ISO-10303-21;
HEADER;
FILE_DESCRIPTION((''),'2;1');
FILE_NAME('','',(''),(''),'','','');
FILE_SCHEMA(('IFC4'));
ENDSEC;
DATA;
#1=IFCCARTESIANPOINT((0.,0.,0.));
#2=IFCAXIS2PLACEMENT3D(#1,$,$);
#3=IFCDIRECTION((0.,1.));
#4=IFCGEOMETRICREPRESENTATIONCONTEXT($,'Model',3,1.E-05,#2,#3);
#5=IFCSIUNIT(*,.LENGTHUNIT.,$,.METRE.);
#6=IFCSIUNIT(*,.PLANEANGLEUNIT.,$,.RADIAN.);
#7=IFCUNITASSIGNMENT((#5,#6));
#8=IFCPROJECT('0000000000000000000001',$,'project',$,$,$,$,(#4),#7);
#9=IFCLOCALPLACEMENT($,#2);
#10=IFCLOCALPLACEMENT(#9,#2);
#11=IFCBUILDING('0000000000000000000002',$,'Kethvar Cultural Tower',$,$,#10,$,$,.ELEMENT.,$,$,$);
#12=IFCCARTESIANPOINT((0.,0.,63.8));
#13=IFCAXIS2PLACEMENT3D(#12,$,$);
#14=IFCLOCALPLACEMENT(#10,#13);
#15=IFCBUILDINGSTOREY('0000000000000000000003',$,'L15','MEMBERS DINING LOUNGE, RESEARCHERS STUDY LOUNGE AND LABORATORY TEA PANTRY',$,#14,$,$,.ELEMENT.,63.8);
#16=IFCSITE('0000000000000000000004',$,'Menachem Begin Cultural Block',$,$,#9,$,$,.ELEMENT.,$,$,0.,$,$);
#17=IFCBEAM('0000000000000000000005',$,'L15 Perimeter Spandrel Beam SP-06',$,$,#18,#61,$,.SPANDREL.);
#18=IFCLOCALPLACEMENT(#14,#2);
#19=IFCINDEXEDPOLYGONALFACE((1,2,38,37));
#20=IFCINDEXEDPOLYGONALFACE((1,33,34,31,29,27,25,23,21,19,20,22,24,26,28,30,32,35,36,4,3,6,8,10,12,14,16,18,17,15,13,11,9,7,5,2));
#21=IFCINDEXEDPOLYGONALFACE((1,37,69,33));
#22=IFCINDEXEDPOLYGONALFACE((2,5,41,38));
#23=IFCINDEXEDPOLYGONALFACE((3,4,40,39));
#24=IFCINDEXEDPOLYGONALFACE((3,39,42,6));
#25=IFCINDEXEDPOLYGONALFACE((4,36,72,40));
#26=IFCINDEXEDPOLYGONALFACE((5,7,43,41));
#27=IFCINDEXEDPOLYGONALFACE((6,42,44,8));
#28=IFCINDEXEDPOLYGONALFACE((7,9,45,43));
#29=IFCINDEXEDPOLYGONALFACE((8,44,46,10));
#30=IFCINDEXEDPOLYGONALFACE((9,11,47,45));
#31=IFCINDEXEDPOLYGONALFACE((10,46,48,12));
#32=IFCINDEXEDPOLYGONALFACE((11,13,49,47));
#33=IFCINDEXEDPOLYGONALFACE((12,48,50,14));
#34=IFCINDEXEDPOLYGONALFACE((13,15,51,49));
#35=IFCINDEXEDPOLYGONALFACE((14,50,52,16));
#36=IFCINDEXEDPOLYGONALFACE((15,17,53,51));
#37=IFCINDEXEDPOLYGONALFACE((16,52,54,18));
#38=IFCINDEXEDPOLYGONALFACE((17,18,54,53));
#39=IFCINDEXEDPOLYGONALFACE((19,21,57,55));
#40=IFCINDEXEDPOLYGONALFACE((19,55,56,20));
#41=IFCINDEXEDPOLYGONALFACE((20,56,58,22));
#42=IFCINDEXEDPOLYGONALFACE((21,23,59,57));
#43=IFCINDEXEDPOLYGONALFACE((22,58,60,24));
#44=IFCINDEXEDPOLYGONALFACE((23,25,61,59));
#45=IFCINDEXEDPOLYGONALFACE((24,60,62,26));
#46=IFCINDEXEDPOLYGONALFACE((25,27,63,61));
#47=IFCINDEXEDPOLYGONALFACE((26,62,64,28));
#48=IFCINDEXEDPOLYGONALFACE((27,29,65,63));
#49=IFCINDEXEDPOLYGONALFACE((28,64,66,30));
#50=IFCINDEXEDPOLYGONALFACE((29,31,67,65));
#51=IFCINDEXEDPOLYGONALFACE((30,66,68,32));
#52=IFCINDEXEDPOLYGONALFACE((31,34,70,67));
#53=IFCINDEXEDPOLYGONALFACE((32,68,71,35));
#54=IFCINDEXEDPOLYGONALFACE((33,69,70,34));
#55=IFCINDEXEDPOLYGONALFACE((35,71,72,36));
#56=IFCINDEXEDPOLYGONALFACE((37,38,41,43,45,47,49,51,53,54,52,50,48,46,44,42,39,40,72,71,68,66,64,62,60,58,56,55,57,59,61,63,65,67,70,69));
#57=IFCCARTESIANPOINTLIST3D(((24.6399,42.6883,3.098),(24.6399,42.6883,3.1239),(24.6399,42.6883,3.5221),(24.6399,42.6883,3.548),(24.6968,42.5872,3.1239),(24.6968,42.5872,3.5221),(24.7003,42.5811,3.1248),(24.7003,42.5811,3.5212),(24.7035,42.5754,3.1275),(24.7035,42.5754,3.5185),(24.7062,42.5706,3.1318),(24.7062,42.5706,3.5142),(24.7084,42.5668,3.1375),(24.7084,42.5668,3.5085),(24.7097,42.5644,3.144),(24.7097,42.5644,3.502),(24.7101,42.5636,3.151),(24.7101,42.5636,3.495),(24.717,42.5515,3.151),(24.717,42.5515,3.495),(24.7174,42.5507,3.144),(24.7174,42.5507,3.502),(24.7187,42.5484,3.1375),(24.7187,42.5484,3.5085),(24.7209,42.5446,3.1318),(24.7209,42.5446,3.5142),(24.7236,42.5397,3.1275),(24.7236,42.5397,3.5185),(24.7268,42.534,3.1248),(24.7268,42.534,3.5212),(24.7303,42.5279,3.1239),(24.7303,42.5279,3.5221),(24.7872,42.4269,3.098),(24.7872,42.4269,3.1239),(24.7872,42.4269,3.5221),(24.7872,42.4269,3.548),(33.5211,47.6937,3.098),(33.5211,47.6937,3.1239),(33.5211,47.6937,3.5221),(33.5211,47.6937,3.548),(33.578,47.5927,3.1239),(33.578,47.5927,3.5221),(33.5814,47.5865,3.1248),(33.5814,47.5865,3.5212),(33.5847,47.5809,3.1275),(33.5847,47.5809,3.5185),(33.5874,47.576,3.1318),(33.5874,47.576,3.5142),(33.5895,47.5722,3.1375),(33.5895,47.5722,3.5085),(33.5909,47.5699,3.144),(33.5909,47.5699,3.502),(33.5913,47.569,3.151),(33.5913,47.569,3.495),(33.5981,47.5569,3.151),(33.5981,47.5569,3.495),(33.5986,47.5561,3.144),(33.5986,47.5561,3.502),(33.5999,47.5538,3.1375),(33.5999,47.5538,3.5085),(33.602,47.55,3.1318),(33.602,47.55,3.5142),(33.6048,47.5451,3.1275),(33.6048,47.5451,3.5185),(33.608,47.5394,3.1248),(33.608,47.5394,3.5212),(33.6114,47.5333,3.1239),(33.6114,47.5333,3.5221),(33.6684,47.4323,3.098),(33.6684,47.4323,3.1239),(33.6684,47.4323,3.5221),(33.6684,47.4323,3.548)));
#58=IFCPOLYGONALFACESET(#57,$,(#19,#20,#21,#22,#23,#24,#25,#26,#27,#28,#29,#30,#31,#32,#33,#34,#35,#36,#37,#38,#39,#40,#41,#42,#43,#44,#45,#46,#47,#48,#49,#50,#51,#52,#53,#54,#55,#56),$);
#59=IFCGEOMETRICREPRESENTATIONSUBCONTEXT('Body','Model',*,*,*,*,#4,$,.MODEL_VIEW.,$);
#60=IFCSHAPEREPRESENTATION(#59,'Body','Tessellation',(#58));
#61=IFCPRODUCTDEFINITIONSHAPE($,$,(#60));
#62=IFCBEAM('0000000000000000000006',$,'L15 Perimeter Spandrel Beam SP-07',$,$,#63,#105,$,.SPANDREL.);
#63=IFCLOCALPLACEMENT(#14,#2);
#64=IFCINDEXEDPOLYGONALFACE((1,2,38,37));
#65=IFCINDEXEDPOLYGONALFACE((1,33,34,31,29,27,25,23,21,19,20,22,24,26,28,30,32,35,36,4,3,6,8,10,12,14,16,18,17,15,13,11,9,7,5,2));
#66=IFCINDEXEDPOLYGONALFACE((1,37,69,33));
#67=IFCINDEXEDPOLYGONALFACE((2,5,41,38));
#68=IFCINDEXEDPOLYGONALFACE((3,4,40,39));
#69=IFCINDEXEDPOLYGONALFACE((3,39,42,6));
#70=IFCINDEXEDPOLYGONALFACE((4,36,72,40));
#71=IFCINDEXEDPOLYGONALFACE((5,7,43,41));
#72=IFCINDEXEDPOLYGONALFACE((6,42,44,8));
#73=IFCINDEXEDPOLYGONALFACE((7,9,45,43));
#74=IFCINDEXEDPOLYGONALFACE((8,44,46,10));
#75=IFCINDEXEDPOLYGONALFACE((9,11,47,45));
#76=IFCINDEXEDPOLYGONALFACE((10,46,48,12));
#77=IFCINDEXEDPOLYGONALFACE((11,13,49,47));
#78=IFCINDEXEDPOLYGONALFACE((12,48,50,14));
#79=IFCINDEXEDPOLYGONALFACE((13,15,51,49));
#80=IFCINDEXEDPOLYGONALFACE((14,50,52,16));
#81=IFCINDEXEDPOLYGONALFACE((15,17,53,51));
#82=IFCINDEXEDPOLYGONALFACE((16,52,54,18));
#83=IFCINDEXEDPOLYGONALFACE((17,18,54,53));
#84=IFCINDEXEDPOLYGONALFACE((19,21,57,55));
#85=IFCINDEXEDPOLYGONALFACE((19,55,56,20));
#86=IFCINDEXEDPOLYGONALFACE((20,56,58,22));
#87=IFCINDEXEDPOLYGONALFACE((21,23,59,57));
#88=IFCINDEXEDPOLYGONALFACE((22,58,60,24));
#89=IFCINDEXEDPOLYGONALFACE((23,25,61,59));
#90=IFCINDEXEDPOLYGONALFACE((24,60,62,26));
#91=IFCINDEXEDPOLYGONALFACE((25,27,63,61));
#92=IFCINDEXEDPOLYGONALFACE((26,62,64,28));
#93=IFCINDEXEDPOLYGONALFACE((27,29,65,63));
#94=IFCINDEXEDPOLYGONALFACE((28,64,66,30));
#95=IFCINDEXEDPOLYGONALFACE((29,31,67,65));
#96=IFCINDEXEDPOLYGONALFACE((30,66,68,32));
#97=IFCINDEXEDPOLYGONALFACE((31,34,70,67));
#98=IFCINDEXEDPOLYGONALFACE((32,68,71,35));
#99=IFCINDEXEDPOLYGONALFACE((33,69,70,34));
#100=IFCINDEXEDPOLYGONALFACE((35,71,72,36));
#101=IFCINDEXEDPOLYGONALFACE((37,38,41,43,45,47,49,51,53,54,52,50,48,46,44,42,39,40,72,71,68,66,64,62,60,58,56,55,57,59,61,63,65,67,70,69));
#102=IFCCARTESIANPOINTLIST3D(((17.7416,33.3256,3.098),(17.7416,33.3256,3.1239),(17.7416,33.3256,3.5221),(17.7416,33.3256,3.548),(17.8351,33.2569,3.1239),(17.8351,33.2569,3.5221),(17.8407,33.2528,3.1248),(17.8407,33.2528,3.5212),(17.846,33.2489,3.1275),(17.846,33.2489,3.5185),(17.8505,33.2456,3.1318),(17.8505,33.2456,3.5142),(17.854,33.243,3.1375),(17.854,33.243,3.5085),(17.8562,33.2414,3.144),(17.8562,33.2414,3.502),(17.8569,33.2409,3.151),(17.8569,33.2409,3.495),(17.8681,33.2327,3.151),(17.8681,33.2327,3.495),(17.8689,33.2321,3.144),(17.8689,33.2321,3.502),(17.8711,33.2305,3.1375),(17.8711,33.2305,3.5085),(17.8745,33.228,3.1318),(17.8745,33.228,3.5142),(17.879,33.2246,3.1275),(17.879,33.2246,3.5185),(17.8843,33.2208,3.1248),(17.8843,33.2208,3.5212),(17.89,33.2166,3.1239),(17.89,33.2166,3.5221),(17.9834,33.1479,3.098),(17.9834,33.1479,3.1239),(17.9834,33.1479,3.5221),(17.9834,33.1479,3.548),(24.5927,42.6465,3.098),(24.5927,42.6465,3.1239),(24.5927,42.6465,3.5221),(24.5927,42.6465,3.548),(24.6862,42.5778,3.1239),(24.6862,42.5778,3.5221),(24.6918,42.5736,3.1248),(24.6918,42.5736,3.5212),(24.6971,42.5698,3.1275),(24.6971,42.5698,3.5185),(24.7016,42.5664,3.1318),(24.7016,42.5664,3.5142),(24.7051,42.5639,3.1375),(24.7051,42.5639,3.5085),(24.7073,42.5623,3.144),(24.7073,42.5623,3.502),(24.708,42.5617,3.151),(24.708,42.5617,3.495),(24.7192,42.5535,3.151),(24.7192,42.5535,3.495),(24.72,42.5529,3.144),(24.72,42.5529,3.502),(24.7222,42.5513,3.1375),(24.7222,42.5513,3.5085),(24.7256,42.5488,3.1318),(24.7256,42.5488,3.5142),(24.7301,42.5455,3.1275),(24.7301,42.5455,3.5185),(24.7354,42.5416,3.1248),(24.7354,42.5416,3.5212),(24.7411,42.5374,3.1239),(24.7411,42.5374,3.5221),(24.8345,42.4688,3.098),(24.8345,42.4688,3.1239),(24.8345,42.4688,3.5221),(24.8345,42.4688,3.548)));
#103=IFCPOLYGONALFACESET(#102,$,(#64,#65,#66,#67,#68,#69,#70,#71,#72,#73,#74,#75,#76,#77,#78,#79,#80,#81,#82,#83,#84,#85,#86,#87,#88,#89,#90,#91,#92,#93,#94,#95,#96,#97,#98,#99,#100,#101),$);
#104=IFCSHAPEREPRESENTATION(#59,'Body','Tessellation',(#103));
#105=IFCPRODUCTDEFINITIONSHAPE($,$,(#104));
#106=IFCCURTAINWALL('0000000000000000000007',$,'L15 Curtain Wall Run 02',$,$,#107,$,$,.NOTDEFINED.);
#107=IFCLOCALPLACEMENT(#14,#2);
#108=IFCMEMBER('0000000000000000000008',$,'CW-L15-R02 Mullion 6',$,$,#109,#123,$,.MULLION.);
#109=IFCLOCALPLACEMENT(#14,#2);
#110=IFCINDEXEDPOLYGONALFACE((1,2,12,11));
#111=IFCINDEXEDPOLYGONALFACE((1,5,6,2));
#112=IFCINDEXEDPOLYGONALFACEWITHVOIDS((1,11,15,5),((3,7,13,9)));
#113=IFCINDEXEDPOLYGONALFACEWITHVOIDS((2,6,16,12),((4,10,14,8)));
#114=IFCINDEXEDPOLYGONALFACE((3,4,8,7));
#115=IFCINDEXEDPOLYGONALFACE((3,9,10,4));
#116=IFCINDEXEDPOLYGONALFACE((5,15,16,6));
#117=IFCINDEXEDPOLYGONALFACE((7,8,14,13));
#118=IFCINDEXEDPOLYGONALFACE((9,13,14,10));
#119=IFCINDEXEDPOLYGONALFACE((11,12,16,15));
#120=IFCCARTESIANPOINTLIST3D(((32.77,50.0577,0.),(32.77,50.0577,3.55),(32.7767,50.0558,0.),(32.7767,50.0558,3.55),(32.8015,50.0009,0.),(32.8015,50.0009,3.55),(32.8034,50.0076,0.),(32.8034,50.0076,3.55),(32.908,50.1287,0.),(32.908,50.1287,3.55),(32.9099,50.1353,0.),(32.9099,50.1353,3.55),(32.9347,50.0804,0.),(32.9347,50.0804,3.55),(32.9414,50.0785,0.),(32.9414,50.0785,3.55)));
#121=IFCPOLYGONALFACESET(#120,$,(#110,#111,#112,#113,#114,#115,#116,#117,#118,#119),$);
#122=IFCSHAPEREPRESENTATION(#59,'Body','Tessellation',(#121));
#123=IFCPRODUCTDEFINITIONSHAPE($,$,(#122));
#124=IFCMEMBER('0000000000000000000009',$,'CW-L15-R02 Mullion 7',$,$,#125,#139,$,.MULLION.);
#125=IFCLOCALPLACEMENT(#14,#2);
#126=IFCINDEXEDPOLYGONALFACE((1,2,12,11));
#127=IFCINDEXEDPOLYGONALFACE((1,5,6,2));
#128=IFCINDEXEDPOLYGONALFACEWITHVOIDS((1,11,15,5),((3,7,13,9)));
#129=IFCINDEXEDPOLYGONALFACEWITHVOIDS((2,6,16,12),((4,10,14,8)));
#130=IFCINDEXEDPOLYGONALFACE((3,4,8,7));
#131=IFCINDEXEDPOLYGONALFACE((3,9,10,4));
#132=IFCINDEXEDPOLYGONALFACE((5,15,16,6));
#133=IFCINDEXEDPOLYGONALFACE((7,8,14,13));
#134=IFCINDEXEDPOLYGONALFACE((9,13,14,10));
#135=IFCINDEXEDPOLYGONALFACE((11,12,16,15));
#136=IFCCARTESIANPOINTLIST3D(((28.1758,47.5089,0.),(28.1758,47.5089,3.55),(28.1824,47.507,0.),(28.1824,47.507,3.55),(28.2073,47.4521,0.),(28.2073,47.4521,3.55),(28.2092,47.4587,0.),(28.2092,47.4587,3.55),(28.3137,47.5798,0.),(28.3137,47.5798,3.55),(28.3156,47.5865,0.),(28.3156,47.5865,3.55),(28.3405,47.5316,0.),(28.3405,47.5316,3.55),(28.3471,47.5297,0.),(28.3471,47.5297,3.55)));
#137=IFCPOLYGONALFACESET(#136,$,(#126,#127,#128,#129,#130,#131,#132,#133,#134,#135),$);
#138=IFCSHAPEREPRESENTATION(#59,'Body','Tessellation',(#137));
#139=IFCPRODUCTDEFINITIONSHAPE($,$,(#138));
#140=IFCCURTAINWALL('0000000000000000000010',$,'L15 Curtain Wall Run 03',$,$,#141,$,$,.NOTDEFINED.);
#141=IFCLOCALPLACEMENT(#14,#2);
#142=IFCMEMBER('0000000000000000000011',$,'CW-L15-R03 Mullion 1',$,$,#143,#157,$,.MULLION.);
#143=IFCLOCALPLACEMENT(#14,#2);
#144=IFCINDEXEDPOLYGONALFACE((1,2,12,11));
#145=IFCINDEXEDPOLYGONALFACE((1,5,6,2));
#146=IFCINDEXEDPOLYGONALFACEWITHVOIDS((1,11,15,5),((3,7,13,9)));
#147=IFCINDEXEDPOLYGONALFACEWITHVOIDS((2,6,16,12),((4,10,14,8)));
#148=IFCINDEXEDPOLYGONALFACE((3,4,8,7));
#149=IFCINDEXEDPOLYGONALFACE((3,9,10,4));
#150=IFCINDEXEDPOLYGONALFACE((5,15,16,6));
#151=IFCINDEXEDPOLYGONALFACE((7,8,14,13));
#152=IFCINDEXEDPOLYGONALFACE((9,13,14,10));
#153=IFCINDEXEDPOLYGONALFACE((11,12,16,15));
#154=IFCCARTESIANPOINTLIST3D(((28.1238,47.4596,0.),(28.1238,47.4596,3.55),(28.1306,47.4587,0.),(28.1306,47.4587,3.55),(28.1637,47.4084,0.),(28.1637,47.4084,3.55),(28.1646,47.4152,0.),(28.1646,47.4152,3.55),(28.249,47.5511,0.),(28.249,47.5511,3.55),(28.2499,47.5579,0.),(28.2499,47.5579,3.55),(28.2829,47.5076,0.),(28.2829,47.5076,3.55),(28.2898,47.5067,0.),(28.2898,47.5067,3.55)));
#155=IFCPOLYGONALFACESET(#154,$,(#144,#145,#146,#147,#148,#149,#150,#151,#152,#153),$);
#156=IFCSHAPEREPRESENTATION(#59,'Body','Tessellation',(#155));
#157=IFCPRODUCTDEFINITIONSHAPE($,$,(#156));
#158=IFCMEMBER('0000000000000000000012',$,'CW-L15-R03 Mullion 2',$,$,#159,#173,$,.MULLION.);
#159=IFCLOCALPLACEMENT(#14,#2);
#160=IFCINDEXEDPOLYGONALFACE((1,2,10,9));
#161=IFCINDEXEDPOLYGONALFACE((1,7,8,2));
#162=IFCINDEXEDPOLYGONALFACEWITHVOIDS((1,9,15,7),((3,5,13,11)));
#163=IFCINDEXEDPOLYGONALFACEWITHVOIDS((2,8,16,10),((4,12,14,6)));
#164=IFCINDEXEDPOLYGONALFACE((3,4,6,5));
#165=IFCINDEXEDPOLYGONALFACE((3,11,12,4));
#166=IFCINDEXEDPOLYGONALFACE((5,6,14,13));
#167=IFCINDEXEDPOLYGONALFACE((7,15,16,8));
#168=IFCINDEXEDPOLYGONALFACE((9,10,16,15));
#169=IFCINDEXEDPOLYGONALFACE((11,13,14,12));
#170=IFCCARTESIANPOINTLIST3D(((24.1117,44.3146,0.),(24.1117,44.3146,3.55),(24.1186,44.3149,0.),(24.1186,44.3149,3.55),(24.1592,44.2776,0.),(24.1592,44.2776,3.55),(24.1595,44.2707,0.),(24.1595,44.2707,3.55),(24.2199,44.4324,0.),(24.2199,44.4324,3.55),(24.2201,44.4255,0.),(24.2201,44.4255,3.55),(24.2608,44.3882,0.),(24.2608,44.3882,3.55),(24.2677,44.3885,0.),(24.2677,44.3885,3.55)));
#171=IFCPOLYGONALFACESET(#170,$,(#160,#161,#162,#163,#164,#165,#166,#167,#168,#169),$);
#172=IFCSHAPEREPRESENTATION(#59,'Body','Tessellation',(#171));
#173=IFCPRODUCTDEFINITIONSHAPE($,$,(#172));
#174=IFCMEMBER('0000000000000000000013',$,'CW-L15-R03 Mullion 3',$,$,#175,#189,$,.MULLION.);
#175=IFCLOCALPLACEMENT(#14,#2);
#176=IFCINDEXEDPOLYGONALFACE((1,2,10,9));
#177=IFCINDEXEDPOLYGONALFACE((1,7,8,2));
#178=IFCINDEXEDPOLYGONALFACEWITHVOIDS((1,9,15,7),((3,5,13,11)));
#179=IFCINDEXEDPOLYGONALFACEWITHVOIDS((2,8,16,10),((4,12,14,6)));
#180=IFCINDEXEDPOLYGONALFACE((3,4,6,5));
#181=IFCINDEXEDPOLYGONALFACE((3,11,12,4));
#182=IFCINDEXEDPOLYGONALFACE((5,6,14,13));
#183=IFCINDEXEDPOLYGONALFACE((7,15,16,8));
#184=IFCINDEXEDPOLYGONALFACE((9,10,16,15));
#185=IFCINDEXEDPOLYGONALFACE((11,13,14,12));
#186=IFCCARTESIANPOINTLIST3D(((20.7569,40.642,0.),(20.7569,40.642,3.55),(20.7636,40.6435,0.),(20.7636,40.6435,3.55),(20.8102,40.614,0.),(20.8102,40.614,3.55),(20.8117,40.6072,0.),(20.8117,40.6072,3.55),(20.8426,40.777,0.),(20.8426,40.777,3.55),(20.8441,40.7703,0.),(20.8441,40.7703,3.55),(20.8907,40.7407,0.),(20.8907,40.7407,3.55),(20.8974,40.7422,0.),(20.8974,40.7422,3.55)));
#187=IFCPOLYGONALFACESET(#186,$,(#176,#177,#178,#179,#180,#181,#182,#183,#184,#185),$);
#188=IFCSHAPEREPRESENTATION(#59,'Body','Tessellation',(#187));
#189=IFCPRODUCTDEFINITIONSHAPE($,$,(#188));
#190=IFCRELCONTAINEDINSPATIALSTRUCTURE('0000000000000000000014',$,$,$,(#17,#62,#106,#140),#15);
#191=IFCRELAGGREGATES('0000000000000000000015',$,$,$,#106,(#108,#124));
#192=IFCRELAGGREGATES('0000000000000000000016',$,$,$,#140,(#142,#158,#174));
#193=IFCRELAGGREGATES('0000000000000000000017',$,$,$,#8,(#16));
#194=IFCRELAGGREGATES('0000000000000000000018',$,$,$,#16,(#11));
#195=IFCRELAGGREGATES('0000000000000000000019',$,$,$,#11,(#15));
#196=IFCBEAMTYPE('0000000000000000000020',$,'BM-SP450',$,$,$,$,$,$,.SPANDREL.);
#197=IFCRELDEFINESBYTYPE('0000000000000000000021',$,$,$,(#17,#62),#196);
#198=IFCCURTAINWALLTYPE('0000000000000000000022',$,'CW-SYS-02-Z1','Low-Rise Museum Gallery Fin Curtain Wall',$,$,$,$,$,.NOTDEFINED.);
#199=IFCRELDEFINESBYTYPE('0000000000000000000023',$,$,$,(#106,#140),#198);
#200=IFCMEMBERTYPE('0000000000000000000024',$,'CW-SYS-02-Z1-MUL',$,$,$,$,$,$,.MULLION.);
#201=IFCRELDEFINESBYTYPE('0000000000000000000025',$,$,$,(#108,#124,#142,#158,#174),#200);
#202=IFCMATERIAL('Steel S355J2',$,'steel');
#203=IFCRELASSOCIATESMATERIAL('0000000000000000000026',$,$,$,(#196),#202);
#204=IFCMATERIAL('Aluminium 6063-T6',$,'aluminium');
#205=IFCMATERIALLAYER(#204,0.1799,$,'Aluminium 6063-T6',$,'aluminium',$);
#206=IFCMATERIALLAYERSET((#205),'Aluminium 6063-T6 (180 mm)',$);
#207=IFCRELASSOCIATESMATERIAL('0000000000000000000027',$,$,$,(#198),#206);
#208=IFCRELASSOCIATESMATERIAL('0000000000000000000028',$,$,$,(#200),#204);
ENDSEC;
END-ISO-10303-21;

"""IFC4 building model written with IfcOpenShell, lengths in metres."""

from ifc_helpers import new_model, si_unit, direction, frame, origin, origin_2d, place, context, subcontext, project, spatial, hollow_rectangle, i_section, extrude, source, transform, mapped, material, layer, layer_set, material_profile, profile_set, type_object, element, aggregate, save


model = new_model("IFC4")

# Units and contexts
model_context = context("Model", 3, precision=1e-05, world=origin(), true_north=direction((0.0, 1.0)))
body_context = subcontext(model_context, "Body", "Model", "MODEL_VIEW")
ifc_project = project(units=[si_unit("LENGTHUNIT", "METRE"), si_unit("PLANEANGLEUNIT", "RADIAN")], contexts=[model_context])

# Site, building, storey
site_placement = place(None, origin())
site = spatial("IfcSite", under=ifc_project, at=site_placement, Name="Menachem Begin Cultural Block", CompositionType="ELEMENT", RefElevation=0.0)
building_placement = place(site_placement, origin())
building = spatial("IfcBuilding", under=site, at=building_placement, Name="Kethvar Cultural Tower", CompositionType="ELEMENT")
storey_placement = place(building_placement, frame((0.0, 0.0, 63.8)))
storey = spatial("IfcBuildingStorey", under=building, at=storey_placement, Name="L15", Description="MEMBERS DINING LOUNGE, RESEARCHERS STUDY LOUNGE AND LABORATORY TEA PANTRY", CompositionType="ELEMENT", Elevation=63.8)

# Beams
ifc_material_1 = material(Name="Steel S355J2", Category="steel")
ifc_material_profile_1 = material_profile(ifc_material_1, i_section(OverallWidth=0.3, OverallDepth=0.45, WebThickness=0.0139, FlangeThickness=0.0259, FilletRadius=0.0271, at=origin_2d()), Name="Steel S355J2 — HEB450")
ifc_profile_set_1 = profile_set([ifc_material_profile_1], Name="Steel S355J2 — HEB450")
beam_type_1 = type_object("IfcBeamType", Name="BM-SP450", PredefinedType="SPANDREL", material=ifc_profile_set_1)
shared_shape_1 = source(origin(), body_context, "Body", "SweptSolid", [
    extrude(i_section(OverallWidth=0.3, OverallDepth=0.45, WebThickness=0.0139, FlangeThickness=0.0259, FilletRadius=0.0271, at=origin_2d()), origin(), (0.0, 0.0, 1.0), 10.1946),
])
beam_1_placement = place(storey_placement, frame((33.5947, 47.563, 3.323), z_axis=(-0.871167, -0.490988, 0.0), x_axis=(0.490988, -0.871167, 0.0)))
element("IfcBeam", 1, at=beam_1_placement, inside=storey, type_object=beam_type_1, Name="L15 Perimeter Spandrel Beam SP-06", PredefinedType="SPANDREL", context=body_context, shape_type="MappedRepresentation", body=[
    mapped(shared_shape_1, transform((0.0, 0.0, 0.0), scale=1.0)),
])
shared_shape_2 = source(origin(), body_context, "Body", "SweptSolid", [
    extrude(i_section(OverallWidth=0.3, OverallDepth=0.45, WebThickness=0.0139, FlangeThickness=0.0259, FilletRadius=0.0271, at=origin_2d()), origin(), (0.0, 0.0, 1.0), 11.5679),
])
beam_2_placement = place(storey_placement, frame((24.7136, 42.5576, 3.323), z_axis=(-0.592253, -0.805752, 0.0), x_axis=(0.805752, -0.592253, 0.0)))
element("IfcBeam", 2, at=beam_2_placement, inside=storey, type_object=beam_type_1, Name="L15 Perimeter Spandrel Beam SP-07", PredefinedType="SPANDREL", context=body_context, shape_type="MappedRepresentation", body=[
    mapped(shared_shape_2, transform((0.0, 0.0, 0.0), scale=1.0)),
])

# Curtain walls, members
ifc_material_2 = material(Name="Aluminium 6063-T6", Category="aluminium")
ifc_layer_1 = layer(ifc_material_2, 0.1799, Name="Aluminium 6063-T6", Category="aluminium")
ifc_layer_set_1 = layer_set([ifc_layer_1], Name="Aluminium 6063-T6 (180 mm)")
curtain_wall_type = type_object("IfcCurtainWallType", Name="CW-SYS-02-Z1", Description="Low-Rise Museum Gallery Fin Curtain Wall", PredefinedType="NOTDEFINED", material=ifc_layer_set_1)
curtain_wall_1_placement = place(storey_placement, origin())
curtain_wall_1 = element("IfcCurtainWall", 3, at=curtain_wall_1_placement, inside=storey, type_object=curtain_wall_type, Name="L15 Curtain Wall Run 02", PredefinedType="NOTDEFINED")
ifc_material_profile_2 = material_profile(ifc_material_2, hollow_rectangle(XDim=0.0649, YDim=0.1599, WallThickness=0.0049, at=origin_2d()), Name="Aluminium 6063-T6 — RHS160x65x5")
ifc_profile_set_2 = profile_set([ifc_material_profile_2], Name="Aluminium 6063-T6 — RHS160x65x5")
member_type_1 = type_object("IfcMemberType", Name="CW-SYS-02-Z1-MUL", PredefinedType="MULLION", material=ifc_profile_set_2)
shared_shape_3 = source(origin(), body_context, "Body", "SweptSolid", [
    extrude(hollow_rectangle(XDim=0.0649, YDim=0.1599, WallThickness=0.0049, at=origin_2d()), origin(), (0.0, 0.0, 1.0), 3.55),
])
member_1_placement = place(storey_placement, frame((32.8557, 50.0681, 0.0), z_axis=(0.0, 0.0, 1.0), x_axis=(0.485115, -0.87445, 0.0)))
member_1 = element("IfcMember", 4, at=member_1_placement, type_object=member_type_1, Name="CW-L15-R02 Mullion 6", PredefinedType="MULLION", context=body_context, shape_type="MappedRepresentation", body=[
    mapped(shared_shape_3, transform((0.0, 0.0, 0.0), scale=1.0)),
])
member_2_placement = place(storey_placement, frame((28.2615, 47.5193, 0.0), z_axis=(0.0, 0.0, 1.0), x_axis=(0.485115, -0.87445, 0.0)))
member_2 = element("IfcMember", 5, at=member_2_placement, type_object=member_type_1, Name="CW-L15-R02 Mullion 7", PredefinedType="MULLION", context=body_context, shape_type="MappedRepresentation", body=[
    mapped(shared_shape_3, transform((0.0, 0.0, 0.0), scale=1.0)),
])
curtain_wall_2_placement = place(storey_placement, origin())
curtain_wall_2 = element("IfcCurtainWall", 6, at=curtain_wall_2_placement, inside=storey, type_object=curtain_wall_type, Name="L15 Curtain Wall Run 03", PredefinedType="NOTDEFINED")
member_3_placement = place(storey_placement, frame((28.2068, 47.4832, 0.0), z_axis=(0.0, 0.0, 1.0), x_axis=(0.615056, -0.788483, 0.0)))
member_3 = element("IfcMember", 7, at=member_3_placement, type_object=member_type_1, Name="CW-L15-R03 Mullion 1", PredefinedType="MULLION", context=body_context, shape_type="MappedRepresentation", body=[
    mapped(shared_shape_3, transform((0.0, 0.0, 0.0), scale=1.0)),
])
member_4_placement = place(storey_placement, frame((24.1897, 44.3516, 0.0), z_axis=(0.0, 0.0, 1.0), x_axis=(0.736617, -0.67631, 0.0)))
member_4 = element("IfcMember", 8, at=member_4_placement, type_object=member_type_1, Name="CW-L15-R03 Mullion 2", PredefinedType="MULLION", context=body_context, shape_type="MappedRepresentation", body=[
    mapped(shared_shape_3, transform((0.0, 0.0, 0.0), scale=1.0)),
])
member_5_placement = place(storey_placement, frame((20.8271, 40.6921, 0.0), z_axis=(0.0, 0.0, 1.0), x_axis=(0.844309, -0.535856, 0.0)))
member_5 = element("IfcMember", 9, at=member_5_placement, type_object=member_type_1, Name="CW-L15-R03 Mullion 3", PredefinedType="MULLION", context=body_context, shape_type="MappedRepresentation", body=[
    mapped(shared_shape_3, transform((0.0, 0.0, 0.0), scale=1.0)),
])

aggregate(curtain_wall_1, [member_1, member_2])
aggregate(curtain_wall_2, [member_3, member_4, member_5])

save(model, "model.ifc")
